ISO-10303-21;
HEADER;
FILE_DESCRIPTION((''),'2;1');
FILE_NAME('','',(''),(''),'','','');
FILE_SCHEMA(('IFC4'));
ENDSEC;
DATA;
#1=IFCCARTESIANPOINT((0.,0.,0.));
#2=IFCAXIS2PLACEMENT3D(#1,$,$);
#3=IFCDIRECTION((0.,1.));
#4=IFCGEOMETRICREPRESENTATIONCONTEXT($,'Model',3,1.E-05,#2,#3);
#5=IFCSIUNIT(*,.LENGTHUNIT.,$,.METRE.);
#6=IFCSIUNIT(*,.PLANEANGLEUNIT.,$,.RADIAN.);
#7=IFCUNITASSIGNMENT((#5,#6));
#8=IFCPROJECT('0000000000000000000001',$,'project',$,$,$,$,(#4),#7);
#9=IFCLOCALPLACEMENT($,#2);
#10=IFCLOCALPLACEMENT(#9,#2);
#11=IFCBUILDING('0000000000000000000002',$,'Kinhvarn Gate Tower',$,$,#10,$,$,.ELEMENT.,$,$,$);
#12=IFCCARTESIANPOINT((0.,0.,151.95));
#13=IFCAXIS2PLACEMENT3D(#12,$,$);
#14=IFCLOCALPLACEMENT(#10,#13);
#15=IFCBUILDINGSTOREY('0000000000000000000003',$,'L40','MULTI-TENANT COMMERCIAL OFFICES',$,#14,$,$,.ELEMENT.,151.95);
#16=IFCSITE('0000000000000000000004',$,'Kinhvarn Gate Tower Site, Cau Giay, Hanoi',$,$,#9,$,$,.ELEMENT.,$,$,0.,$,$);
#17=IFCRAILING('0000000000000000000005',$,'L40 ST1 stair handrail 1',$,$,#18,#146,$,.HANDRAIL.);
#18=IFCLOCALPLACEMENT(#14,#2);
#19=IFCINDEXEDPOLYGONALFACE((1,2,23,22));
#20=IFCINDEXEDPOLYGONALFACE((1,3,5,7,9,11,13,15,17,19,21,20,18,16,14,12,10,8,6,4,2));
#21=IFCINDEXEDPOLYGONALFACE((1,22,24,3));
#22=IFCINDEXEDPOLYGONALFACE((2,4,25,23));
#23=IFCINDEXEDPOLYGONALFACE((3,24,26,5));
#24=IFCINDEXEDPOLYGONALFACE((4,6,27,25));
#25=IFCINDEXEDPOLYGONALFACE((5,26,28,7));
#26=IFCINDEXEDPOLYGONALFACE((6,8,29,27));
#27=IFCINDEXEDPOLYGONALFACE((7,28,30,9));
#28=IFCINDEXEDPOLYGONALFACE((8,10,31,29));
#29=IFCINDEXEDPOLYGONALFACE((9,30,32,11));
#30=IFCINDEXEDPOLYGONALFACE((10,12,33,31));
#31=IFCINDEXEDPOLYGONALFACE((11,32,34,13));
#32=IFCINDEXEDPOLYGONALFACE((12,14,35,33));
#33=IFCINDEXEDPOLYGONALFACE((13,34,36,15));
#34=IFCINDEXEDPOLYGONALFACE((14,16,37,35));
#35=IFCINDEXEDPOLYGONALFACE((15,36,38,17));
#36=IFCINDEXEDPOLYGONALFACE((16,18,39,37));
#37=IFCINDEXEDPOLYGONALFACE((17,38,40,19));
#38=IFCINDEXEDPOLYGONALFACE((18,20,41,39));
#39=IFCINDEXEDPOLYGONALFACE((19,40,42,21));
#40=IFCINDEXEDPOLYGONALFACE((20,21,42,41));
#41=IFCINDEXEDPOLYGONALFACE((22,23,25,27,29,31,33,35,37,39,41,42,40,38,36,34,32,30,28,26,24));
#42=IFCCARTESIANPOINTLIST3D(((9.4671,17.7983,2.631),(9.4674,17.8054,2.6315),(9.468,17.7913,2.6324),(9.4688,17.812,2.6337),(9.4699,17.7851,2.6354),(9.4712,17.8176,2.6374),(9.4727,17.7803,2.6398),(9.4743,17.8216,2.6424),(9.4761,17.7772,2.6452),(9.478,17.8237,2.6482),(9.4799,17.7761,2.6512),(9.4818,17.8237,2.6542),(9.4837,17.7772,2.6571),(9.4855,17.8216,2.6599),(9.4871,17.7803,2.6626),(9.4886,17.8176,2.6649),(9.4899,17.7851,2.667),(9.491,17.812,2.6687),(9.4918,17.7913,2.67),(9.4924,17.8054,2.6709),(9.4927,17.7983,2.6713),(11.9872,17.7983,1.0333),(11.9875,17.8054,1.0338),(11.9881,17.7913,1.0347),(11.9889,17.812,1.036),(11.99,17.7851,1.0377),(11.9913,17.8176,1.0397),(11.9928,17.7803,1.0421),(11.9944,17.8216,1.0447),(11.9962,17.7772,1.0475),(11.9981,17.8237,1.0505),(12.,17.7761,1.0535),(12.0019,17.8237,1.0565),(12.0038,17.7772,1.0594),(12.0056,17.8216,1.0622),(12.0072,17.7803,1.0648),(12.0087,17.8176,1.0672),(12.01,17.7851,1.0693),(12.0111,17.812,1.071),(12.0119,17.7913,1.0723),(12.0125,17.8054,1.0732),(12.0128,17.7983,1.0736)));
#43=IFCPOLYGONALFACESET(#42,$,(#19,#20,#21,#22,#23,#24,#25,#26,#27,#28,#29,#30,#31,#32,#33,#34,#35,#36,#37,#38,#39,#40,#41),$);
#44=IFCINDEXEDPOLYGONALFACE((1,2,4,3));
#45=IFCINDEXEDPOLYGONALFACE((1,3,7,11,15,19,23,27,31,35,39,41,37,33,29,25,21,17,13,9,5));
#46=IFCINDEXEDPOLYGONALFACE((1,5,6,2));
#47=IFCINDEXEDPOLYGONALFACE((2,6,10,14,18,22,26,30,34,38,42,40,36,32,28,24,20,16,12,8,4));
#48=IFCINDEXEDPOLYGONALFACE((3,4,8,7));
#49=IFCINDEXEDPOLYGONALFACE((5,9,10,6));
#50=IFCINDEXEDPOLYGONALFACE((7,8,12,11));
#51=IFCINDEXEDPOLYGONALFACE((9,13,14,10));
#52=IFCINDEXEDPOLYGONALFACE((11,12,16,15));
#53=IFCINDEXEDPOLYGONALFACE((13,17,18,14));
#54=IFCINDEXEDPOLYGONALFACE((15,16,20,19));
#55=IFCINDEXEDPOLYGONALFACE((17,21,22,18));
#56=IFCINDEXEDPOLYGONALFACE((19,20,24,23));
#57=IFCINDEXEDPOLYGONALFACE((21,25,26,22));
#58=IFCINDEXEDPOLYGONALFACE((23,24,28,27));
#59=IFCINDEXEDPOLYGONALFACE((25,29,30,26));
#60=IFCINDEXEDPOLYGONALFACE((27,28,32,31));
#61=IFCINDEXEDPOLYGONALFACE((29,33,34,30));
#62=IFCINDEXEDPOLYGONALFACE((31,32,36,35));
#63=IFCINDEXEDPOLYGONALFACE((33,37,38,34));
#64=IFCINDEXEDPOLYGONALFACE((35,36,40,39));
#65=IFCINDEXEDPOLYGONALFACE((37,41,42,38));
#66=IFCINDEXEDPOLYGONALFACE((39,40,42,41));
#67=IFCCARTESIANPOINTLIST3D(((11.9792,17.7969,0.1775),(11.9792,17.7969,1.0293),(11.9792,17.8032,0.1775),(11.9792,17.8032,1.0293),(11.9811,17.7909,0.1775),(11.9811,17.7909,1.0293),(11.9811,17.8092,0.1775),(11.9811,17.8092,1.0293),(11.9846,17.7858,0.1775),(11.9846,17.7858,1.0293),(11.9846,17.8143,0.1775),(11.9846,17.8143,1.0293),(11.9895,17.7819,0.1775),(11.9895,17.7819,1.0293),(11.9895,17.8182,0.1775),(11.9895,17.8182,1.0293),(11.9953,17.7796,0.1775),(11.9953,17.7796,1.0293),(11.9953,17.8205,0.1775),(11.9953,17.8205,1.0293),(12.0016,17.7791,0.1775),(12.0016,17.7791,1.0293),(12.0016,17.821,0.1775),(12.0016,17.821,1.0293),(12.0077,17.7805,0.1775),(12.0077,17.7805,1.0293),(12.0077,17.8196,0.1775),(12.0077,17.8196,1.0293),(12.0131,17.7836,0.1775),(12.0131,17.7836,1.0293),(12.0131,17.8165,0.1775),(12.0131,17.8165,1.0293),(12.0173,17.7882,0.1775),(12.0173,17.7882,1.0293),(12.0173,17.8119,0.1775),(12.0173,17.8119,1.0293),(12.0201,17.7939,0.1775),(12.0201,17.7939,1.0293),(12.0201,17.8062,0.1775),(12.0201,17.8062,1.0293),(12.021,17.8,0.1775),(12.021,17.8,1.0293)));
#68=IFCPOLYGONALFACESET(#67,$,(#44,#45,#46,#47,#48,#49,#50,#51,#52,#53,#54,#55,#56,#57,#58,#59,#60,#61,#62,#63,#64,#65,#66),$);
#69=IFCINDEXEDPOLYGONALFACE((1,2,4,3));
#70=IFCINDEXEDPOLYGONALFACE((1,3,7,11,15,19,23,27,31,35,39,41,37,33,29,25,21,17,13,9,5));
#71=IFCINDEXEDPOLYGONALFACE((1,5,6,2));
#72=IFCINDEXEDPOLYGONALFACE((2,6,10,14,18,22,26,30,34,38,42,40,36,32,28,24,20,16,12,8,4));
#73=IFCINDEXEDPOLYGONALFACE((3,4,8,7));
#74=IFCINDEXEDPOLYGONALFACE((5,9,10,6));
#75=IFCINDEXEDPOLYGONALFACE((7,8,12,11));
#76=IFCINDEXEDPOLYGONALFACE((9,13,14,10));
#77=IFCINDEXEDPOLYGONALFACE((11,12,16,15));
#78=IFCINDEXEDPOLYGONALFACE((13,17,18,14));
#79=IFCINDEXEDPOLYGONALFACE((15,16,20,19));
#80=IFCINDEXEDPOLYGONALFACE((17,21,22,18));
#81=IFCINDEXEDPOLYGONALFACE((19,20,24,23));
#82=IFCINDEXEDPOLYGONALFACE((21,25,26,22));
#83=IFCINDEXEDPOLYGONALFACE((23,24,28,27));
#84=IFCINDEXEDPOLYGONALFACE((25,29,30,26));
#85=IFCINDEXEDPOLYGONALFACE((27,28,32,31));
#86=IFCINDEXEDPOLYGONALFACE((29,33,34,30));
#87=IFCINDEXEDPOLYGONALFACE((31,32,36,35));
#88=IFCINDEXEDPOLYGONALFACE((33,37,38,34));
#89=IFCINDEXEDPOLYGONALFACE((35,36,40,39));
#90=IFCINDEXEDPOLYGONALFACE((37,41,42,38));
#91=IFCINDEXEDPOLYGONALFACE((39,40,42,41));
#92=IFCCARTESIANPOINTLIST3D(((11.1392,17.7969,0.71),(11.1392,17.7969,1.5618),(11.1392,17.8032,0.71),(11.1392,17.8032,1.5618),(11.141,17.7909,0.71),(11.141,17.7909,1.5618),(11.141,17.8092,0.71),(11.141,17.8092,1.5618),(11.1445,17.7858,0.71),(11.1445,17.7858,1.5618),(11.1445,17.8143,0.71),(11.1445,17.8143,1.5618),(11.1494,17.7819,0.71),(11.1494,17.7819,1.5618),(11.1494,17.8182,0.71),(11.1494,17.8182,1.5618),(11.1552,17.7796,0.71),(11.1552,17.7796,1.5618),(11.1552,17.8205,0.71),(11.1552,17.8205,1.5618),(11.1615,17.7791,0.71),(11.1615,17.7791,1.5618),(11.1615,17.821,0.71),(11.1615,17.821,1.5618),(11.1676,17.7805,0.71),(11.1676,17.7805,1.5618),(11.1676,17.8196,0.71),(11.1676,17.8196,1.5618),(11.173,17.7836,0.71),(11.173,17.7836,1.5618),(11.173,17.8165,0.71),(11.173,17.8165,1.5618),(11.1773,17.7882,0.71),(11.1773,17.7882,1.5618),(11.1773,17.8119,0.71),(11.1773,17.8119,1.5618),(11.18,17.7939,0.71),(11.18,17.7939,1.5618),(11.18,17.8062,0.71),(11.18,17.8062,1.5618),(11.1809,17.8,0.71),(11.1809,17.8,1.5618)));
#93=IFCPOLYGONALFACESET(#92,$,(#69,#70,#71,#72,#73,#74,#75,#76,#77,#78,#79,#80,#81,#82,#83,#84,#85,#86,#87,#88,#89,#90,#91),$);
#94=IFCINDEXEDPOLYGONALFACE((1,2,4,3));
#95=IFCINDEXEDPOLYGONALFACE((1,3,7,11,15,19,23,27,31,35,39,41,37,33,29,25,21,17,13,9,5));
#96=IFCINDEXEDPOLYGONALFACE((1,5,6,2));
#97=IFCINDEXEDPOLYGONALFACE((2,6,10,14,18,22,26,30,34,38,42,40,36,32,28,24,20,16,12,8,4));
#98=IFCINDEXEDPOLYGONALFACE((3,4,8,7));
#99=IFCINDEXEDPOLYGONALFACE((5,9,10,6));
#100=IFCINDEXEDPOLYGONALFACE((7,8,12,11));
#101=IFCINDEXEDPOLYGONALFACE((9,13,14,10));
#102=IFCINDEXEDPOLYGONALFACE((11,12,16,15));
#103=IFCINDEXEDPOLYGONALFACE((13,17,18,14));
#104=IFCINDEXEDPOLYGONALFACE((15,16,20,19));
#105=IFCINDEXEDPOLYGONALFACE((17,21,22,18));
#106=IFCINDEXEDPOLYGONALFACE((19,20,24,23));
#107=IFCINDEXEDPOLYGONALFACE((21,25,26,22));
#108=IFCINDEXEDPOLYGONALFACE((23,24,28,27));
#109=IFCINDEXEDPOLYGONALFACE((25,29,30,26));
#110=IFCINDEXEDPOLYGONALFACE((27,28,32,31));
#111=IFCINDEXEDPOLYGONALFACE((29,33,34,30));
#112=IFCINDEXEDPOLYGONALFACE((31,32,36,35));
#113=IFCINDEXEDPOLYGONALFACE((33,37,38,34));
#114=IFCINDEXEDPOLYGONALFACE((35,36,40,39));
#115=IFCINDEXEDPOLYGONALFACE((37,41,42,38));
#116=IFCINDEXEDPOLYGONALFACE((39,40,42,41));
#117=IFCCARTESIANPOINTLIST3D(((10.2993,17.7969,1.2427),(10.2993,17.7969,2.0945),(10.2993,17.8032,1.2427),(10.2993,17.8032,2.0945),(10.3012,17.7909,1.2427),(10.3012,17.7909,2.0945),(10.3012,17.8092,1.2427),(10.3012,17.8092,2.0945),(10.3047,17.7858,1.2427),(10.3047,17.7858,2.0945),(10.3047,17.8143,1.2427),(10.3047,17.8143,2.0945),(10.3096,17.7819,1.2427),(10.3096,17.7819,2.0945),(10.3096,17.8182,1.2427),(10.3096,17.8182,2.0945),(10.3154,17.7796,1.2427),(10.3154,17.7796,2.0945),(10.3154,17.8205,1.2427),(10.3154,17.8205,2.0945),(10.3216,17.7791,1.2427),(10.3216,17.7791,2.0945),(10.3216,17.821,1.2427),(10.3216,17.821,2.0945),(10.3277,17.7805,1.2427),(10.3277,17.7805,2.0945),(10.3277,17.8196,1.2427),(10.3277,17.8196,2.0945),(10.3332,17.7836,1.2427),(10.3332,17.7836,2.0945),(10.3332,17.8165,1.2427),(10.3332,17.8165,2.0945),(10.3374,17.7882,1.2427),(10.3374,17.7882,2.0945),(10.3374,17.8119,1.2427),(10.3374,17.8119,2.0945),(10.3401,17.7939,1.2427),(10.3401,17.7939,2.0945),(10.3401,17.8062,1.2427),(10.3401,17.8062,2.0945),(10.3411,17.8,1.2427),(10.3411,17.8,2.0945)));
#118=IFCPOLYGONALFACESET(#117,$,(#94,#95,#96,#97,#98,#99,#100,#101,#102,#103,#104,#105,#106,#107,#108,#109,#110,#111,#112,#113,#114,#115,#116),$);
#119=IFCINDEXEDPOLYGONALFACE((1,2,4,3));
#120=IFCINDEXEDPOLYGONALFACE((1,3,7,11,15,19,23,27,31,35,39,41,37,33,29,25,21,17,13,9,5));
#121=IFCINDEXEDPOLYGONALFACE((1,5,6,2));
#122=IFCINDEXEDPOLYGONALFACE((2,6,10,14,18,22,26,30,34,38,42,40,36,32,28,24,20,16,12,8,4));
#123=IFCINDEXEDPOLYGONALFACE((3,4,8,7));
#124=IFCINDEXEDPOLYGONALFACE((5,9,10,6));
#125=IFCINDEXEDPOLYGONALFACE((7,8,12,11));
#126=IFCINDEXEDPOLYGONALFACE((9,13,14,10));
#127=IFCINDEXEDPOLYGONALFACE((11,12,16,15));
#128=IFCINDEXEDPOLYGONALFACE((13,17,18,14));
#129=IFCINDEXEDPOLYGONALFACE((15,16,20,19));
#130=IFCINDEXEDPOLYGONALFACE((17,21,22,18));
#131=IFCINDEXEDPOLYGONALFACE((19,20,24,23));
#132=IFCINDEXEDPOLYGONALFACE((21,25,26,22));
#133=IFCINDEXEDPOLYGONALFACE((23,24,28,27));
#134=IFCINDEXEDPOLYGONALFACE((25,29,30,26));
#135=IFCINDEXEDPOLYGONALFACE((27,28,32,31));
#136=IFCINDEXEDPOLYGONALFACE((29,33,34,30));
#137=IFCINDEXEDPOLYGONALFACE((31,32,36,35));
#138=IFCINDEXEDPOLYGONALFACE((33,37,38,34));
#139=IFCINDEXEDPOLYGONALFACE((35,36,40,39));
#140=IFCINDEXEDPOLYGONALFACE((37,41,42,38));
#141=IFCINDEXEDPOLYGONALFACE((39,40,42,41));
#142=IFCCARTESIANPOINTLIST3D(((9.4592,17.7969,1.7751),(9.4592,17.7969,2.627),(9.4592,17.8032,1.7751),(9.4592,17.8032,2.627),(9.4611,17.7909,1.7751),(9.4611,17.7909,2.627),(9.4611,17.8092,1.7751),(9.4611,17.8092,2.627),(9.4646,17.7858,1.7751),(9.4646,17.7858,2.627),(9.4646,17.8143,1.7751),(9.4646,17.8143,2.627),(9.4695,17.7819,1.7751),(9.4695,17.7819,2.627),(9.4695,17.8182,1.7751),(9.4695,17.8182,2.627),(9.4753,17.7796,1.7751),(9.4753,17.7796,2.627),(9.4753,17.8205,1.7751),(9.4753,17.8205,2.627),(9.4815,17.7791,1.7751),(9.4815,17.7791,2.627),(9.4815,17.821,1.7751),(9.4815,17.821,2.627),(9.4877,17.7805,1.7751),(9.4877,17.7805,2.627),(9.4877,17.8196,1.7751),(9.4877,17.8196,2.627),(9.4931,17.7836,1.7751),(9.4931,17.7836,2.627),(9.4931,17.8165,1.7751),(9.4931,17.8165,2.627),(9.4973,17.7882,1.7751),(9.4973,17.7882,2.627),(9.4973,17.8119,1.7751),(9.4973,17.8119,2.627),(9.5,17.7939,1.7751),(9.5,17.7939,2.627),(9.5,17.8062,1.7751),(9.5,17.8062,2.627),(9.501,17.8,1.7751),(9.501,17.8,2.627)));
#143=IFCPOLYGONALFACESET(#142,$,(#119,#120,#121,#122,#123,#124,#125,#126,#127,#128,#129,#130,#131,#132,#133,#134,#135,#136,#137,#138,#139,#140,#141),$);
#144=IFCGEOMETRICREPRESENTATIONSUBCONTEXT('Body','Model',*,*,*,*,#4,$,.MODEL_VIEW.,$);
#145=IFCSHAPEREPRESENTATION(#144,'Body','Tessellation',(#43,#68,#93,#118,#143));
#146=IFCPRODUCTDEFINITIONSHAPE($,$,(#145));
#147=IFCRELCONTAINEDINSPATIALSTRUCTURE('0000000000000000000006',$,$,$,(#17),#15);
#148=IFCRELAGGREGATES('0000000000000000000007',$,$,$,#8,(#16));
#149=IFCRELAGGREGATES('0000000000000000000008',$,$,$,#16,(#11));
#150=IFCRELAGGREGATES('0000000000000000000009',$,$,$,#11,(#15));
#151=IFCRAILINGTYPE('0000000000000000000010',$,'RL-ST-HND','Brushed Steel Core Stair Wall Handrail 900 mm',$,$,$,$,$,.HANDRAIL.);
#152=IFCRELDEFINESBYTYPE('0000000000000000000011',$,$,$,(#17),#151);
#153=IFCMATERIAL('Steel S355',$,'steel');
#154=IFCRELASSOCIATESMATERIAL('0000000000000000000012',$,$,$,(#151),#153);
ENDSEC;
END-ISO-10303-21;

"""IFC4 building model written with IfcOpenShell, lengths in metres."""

from ifc_helpers import new_model, si_unit, direction, frame, origin, origin_2d, place, context, subcontext, project, spatial, circle, extrude, material, type_object, element, save


model = new_model("IFC4")

# Units and contexts
model_context = context("Model", 3, precision=1e-05, world=origin(), true_north=direction((0.0, 1.0)))
body_context = subcontext(model_context, "Body", "Model", "MODEL_VIEW")
ifc_project = project(units=[si_unit("LENGTHUNIT", "METRE"), si_unit("PLANEANGLEUNIT", "RADIAN")], contexts=[model_context])

# Site, building, storey
site_placement = place(None, origin())
site = spatial("IfcSite", under=ifc_project, at=site_placement, Name="Kinhvarn Gate Tower Site, Cau Giay, Hanoi", CompositionType="ELEMENT", RefElevation=0.0)
building_placement = place(site_placement, origin())
building = spatial("IfcBuilding", under=site, at=building_placement, Name="Kinhvarn Gate Tower", CompositionType="ELEMENT")
storey_placement = place(building_placement, frame((0.0, 0.0, 151.95)))
storey = spatial("IfcBuildingStorey", under=building, at=storey_placement, Name="L40", Description="MULTI-TENANT COMMERCIAL OFFICES", CompositionType="ELEMENT", Elevation=151.95)

# Shared definitions
ifc_material_1 = material(Name="Steel S355", Category="steel")

# Railing
railing_type_1 = type_object("IfcRailingType", Name="RL-ST-HND", Description="Brushed Steel Core Stair Wall Handrail 900 mm", PredefinedType="HANDRAIL", material=ifc_material_1)
railing_1_placement = place(storey_placement, frame((12.0, 17.8, 0.1775)))
element("IfcRailing", 1, at=railing_1_placement, inside=storey, type_object=railing_type_1, Name="L40 ST1 stair handrail 1", PredefinedType="HANDRAIL", context=body_context, shape_type="SweptSolid", body=[
    extrude(circle(Radius=0.0239, at=origin_2d()), frame((0.0, 0.0, 0.876), z_axis=(-0.84457, 0.0, 0.535445), x_axis=(0.0, -1.0, 0.0)), (0.0, 0.0, 1.0), 2.9839),
    extrude(circle(Radius=0.021, at=origin_2d()), origin(), (0.0, 0.0, 1.0), 0.8518),
    extrude(circle(Radius=0.021, at=origin_2d()), frame((-0.8401, 0.0, 0.5325)), (0.0, 0.0, 1.0), 0.8518),
    extrude(circle(Radius=0.021, at=origin_2d()), frame((-1.6799, 0.0, 1.0652)), (0.0, 0.0, 1.0), 0.8518),
    extrude(circle(Radius=0.021, at=origin_2d()), frame((-2.52, 0.0, 1.5977)), (0.0, 0.0, 1.0), 0.8518),
])

save(model, "model.ifc")
